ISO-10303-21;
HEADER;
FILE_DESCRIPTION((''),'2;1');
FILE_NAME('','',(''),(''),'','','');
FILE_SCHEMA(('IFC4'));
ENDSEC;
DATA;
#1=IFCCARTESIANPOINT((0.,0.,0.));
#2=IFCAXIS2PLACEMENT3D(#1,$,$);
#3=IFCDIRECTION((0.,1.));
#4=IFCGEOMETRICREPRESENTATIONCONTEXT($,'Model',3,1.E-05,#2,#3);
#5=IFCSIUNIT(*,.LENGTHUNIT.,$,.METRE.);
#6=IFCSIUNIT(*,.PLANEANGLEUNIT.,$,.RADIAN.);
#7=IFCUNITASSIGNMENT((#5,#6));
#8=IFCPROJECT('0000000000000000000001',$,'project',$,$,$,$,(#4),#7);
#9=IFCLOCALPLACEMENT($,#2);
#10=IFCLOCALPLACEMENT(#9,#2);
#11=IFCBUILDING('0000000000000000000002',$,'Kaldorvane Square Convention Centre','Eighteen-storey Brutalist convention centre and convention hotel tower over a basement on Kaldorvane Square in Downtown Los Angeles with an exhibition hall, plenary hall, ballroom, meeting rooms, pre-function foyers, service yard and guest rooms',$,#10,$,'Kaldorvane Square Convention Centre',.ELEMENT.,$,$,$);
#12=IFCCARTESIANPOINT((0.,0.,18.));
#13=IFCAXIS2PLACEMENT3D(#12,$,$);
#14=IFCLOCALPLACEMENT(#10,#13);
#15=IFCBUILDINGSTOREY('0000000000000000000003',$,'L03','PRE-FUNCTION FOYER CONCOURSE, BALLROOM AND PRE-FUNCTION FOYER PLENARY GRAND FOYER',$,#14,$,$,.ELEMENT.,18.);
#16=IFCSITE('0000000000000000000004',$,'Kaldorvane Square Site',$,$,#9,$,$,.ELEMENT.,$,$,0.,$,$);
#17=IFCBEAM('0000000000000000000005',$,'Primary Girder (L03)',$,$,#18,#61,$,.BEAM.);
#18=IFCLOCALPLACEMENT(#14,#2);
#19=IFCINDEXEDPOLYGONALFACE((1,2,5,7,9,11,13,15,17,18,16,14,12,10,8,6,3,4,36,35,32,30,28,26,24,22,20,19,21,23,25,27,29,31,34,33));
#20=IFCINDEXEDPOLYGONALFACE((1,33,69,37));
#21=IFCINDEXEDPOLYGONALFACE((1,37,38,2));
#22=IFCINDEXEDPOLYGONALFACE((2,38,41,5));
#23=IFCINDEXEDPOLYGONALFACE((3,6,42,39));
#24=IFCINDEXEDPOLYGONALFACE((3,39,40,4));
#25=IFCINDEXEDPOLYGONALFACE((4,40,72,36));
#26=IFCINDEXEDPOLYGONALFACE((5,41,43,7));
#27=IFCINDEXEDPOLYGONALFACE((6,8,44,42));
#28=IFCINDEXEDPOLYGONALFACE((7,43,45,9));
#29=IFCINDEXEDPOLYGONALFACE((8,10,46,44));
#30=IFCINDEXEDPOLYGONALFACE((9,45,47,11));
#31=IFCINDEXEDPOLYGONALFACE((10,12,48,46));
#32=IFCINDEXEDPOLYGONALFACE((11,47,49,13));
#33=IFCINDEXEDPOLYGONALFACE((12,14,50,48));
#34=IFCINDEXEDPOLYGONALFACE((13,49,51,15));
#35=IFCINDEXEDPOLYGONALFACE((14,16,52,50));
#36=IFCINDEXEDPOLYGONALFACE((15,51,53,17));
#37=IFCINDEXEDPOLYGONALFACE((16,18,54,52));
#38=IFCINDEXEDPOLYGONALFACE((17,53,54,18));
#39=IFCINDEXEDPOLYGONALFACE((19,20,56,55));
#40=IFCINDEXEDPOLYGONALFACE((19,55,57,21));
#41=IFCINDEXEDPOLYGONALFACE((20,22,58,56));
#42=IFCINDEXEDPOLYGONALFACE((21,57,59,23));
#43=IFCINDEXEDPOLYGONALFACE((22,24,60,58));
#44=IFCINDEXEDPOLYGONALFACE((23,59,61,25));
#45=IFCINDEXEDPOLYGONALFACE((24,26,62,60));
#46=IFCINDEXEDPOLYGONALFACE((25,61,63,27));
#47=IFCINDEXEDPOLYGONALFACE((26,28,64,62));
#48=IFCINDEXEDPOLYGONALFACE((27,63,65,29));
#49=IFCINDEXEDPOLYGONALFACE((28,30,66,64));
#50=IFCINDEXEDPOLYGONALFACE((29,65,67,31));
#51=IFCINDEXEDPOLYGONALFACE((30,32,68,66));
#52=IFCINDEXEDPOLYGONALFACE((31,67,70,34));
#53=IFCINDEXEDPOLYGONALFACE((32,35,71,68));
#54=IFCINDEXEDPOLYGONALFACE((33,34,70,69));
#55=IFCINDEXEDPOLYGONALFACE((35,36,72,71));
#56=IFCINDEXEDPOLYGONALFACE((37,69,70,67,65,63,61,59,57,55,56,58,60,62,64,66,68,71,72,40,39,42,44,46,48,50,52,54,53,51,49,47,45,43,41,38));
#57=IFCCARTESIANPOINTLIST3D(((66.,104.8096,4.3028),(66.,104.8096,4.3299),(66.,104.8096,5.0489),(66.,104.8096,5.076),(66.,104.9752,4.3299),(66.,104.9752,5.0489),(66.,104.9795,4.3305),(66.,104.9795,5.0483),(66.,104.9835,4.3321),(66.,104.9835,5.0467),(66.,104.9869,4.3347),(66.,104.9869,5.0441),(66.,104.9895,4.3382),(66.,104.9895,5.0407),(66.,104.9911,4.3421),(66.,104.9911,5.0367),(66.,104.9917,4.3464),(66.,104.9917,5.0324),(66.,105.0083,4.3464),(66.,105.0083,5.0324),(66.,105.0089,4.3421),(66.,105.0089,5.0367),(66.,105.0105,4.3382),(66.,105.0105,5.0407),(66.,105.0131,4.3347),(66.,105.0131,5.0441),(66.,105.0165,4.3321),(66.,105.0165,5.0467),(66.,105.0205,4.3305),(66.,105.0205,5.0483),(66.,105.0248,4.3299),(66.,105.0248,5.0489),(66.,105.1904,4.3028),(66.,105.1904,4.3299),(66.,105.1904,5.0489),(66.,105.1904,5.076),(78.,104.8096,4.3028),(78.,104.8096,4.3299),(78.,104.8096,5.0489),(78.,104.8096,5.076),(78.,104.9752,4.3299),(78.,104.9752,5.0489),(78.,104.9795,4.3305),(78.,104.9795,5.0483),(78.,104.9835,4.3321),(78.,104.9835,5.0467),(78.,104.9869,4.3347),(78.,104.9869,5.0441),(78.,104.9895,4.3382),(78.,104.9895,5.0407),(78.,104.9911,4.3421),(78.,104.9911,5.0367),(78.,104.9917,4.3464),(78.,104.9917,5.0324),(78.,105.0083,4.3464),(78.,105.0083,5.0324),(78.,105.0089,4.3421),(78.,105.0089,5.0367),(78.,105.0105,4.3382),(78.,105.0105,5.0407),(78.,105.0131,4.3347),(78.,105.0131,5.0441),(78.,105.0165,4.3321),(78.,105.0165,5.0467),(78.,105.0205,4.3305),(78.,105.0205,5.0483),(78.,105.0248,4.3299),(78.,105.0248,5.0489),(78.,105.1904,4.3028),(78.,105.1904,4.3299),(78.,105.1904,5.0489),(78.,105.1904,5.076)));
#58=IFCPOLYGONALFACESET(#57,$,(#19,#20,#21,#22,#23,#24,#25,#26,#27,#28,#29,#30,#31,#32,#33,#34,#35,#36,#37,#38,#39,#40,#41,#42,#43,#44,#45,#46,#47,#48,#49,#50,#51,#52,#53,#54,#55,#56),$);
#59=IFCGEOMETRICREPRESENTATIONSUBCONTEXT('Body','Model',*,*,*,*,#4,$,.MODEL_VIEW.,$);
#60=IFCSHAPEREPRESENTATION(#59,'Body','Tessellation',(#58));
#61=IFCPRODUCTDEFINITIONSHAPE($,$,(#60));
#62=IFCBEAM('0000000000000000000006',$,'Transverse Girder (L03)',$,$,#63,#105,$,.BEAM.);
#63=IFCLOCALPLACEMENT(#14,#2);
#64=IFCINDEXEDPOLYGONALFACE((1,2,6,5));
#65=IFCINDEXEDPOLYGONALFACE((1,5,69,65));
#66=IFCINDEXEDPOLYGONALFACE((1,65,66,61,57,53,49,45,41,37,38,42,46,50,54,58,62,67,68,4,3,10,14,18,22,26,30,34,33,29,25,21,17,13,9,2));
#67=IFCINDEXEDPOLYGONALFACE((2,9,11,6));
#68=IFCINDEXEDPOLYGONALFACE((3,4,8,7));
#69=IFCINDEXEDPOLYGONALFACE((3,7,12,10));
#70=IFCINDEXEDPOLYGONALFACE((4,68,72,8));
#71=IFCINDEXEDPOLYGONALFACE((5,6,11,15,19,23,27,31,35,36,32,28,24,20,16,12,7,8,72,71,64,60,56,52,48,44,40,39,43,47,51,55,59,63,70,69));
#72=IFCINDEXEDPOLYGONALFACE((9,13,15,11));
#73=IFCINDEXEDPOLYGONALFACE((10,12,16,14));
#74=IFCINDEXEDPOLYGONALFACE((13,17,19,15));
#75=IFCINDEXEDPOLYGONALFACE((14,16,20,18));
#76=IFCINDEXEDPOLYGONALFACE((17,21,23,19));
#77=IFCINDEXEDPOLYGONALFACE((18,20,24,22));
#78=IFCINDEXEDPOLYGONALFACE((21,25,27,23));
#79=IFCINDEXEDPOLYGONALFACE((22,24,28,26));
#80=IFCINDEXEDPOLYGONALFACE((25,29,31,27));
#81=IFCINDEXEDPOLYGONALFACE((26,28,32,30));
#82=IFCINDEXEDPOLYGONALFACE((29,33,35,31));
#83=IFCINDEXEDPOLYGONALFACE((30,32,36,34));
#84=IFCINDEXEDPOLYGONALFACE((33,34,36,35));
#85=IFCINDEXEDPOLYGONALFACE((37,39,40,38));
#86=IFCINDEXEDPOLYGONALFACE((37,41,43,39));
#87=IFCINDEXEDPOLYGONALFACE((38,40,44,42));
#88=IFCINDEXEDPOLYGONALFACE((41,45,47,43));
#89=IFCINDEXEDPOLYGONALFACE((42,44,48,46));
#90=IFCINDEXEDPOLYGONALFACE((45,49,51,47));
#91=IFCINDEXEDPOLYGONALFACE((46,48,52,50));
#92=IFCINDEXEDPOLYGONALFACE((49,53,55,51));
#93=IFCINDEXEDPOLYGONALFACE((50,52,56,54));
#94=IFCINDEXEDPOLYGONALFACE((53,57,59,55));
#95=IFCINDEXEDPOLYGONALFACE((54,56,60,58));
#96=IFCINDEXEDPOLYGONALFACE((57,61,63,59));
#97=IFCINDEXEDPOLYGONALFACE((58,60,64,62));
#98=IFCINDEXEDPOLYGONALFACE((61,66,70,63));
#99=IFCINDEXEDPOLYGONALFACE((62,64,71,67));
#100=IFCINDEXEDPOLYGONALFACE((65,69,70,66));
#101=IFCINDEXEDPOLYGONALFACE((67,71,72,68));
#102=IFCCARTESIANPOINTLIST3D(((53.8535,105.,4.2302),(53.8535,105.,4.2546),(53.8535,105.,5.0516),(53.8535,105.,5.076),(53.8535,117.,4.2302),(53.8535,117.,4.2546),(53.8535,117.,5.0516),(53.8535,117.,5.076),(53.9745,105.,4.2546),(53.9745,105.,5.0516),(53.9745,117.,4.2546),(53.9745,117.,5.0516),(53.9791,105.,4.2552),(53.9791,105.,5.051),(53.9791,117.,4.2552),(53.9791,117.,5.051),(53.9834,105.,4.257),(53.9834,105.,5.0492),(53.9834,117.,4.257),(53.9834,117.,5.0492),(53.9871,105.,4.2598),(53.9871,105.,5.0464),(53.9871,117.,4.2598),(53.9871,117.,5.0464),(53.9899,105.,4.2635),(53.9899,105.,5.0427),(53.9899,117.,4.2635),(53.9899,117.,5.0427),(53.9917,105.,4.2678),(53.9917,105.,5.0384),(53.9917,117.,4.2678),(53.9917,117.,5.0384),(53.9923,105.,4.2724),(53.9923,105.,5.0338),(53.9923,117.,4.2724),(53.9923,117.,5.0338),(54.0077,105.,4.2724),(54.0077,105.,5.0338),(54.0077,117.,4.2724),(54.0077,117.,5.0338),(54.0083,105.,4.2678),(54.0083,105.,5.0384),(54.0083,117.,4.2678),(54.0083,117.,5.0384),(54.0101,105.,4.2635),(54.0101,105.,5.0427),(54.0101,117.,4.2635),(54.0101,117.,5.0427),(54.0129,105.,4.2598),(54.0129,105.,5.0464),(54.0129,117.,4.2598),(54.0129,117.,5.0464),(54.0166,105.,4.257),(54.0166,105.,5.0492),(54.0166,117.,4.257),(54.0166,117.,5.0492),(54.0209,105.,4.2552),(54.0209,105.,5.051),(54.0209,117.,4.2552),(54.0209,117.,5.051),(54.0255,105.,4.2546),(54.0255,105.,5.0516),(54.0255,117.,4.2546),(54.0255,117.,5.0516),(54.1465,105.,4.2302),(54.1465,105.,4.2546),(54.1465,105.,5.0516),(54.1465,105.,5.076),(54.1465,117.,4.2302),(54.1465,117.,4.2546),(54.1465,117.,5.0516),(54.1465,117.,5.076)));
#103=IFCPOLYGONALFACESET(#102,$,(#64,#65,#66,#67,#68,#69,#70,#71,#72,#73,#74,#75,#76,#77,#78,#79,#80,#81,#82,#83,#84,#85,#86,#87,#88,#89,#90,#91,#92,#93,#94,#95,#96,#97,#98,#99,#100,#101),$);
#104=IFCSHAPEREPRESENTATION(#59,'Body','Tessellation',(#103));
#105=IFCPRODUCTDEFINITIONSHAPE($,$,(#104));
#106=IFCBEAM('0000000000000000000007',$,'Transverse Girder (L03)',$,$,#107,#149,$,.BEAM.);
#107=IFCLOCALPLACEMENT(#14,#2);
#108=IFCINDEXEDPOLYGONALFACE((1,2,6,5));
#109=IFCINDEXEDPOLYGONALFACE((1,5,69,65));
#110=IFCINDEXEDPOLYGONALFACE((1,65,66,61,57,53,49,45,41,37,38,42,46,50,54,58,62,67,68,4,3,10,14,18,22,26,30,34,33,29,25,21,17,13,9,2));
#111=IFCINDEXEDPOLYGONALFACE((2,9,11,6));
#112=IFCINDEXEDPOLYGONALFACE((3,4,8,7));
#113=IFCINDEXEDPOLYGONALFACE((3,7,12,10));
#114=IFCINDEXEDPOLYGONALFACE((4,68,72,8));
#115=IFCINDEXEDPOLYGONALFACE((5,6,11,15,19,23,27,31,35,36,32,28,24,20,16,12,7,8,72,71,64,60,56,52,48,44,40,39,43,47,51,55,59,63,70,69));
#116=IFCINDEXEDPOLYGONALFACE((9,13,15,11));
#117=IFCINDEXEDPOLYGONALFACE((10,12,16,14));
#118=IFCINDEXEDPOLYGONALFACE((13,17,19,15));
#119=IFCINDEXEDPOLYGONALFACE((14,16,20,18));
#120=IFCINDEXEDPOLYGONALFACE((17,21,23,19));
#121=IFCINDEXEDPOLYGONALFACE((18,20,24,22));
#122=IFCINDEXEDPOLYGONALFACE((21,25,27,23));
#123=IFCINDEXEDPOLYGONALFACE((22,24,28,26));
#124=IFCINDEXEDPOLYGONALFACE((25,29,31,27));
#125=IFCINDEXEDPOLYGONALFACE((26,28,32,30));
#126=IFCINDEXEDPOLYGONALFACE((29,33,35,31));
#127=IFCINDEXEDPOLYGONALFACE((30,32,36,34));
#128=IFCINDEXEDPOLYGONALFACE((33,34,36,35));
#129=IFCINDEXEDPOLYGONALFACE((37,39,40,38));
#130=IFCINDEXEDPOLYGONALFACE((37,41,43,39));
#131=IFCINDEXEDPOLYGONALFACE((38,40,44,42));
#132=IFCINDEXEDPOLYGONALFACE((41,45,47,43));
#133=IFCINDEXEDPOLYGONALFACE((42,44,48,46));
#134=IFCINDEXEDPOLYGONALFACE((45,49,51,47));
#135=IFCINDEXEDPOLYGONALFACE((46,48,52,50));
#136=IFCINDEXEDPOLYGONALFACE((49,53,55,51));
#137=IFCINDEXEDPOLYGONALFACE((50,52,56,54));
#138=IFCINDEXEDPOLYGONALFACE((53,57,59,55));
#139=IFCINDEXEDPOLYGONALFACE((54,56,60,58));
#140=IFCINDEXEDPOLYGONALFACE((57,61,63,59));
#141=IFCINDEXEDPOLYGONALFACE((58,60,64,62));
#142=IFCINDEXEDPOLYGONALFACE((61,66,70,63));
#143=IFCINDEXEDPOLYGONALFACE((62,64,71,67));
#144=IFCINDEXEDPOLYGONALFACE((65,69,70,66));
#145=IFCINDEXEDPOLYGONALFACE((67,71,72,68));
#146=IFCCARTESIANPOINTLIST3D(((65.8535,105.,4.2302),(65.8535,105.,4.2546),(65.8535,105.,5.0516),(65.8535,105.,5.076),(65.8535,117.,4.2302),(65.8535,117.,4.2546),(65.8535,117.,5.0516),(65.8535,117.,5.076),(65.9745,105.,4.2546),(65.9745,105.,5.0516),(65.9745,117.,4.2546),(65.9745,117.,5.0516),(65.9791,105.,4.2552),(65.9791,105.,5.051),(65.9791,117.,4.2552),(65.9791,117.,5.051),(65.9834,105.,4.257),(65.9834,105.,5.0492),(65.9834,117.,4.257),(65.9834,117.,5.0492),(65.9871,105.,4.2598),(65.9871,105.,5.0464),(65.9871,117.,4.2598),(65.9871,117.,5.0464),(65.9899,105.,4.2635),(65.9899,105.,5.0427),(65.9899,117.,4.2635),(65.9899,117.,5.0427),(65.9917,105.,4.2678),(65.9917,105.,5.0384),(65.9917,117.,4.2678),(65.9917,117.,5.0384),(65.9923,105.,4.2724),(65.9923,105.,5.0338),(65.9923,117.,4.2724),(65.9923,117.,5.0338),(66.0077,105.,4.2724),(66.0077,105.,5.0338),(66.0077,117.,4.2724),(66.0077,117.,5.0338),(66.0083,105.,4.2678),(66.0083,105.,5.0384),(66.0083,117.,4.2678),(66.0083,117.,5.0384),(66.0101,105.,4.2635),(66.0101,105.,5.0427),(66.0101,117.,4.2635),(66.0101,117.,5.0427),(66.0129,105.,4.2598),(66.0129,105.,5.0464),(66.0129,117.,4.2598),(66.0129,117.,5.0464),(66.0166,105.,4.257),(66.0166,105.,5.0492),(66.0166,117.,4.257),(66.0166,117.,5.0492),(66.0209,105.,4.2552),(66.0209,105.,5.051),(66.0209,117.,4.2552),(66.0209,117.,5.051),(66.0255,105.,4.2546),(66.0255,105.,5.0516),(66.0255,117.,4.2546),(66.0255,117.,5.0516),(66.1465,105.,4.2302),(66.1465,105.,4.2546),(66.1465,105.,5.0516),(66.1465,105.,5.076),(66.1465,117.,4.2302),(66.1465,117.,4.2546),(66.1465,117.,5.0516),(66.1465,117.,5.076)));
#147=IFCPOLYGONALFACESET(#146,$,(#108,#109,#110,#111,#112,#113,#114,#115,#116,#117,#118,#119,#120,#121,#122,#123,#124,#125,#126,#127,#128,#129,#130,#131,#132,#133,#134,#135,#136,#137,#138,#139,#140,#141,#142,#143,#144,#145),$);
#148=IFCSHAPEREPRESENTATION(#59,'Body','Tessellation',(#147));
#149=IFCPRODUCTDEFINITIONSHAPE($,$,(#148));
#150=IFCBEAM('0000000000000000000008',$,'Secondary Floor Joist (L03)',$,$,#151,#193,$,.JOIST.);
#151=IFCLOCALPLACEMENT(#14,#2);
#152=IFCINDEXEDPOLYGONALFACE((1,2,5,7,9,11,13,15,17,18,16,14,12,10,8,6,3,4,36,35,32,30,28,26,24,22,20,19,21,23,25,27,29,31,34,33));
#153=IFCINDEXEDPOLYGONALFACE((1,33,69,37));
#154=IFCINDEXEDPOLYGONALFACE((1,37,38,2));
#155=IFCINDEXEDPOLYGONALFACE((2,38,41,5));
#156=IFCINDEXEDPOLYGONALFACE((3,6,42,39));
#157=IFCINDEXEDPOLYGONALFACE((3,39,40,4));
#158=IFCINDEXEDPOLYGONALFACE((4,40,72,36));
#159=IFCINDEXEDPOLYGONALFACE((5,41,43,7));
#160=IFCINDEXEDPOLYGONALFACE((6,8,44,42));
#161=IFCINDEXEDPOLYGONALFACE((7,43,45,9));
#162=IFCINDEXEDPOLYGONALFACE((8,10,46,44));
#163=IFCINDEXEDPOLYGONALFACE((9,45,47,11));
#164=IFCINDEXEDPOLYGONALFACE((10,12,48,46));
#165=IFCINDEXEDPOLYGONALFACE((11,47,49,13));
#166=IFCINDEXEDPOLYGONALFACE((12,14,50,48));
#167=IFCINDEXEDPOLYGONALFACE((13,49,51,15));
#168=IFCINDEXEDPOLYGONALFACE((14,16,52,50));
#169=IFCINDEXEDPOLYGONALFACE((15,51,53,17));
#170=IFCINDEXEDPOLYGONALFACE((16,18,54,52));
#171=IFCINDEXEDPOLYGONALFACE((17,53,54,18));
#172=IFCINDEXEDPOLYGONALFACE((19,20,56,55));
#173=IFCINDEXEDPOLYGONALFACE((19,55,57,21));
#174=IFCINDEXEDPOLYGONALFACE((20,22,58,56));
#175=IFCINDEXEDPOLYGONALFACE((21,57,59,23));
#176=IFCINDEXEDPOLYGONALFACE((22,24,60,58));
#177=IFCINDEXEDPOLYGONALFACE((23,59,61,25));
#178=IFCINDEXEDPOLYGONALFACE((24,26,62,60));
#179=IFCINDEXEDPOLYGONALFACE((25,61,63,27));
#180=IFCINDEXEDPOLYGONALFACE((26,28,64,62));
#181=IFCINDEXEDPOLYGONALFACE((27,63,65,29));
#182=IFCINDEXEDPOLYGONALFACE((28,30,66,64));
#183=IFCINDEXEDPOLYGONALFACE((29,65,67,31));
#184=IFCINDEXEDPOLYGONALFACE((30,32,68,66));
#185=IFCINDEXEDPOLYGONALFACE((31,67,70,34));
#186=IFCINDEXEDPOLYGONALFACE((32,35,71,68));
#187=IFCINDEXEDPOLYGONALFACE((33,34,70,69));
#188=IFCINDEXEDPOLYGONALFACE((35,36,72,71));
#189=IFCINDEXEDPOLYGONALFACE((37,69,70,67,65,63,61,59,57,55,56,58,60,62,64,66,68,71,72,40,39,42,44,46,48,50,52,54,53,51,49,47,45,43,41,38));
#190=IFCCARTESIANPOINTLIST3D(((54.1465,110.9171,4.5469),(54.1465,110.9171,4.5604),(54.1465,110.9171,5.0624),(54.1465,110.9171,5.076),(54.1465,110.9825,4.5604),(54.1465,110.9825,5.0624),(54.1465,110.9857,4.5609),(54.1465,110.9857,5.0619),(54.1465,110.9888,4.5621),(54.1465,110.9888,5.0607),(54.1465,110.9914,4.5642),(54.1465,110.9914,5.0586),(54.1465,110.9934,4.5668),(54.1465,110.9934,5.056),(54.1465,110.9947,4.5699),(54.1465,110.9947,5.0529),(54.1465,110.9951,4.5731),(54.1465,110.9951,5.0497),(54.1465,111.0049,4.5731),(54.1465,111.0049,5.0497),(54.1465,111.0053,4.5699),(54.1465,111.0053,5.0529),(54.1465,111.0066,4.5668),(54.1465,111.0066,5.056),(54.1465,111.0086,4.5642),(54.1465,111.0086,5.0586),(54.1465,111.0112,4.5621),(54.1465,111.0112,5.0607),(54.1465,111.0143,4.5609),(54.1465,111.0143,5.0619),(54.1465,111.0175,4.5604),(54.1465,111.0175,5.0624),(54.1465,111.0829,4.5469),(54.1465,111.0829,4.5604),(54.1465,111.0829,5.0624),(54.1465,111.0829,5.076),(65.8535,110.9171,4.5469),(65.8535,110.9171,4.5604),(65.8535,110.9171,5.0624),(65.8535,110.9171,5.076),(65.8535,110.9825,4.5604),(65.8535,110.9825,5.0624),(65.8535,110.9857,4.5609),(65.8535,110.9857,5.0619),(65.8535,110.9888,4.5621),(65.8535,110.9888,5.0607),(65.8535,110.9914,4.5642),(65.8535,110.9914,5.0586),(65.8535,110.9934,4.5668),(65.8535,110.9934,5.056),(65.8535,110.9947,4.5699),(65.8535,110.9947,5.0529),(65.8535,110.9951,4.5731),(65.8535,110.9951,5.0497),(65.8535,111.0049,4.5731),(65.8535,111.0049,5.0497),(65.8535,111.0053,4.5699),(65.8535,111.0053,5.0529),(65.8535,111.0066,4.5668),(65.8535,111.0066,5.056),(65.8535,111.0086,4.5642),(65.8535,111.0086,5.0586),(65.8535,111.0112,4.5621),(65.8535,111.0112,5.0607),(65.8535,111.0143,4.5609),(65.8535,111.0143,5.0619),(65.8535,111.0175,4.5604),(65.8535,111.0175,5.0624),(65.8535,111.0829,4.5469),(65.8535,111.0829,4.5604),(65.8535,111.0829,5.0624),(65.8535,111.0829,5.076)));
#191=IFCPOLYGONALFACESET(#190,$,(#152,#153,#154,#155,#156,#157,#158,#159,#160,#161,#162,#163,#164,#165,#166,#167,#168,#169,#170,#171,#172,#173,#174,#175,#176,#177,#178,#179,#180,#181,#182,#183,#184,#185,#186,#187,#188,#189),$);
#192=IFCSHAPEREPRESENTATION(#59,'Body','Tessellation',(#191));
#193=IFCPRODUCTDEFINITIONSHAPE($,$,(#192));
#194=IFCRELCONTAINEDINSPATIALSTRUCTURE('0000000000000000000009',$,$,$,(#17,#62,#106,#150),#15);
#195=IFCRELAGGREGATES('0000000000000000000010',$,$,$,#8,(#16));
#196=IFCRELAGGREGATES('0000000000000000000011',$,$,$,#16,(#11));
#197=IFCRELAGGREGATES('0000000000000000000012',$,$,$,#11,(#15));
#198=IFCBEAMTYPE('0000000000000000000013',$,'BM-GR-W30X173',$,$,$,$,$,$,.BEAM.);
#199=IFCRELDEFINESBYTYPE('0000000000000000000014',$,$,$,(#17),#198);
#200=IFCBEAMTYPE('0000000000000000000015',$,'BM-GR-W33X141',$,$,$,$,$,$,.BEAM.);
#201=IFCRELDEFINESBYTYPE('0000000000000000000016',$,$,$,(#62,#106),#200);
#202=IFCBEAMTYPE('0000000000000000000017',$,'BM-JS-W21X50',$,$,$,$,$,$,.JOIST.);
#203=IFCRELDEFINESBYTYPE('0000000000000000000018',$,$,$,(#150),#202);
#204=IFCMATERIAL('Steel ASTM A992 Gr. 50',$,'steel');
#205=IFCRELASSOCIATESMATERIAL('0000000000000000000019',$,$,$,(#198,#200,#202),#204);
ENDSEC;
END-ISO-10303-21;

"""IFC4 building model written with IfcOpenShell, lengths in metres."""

from ifc_helpers import new_model, si_unit, direction, frame, origin, origin_2d, place, context, subcontext, project, spatial, i_section, extrude, material, material_profile, profile_set, type_object, element, save


model = new_model("IFC4")

# Units and contexts
model_context = context("Model", 3, precision=1e-05, world=origin(), true_north=direction((0.0, 1.0)))
body_context = subcontext(model_context, "Body", "Model", "MODEL_VIEW")
ifc_project = project(units=[si_unit("LENGTHUNIT", "METRE"), si_unit("PLANEANGLEUNIT", "RADIAN")], contexts=[model_context])

# Site, building, storey
site_placement = place(None, origin())
site = spatial("IfcSite", under=ifc_project, at=site_placement, Name="Kaldorvane Square Site", CompositionType="ELEMENT", RefElevation=0.0)
building_placement = place(site_placement, origin())
building = spatial("IfcBuilding", under=site, at=building_placement, Name="Kaldorvane Square Convention Centre", Description="Eighteen-storey Brutalist convention centre and convention hotel tower over a basement on Kaldorvane Square in Downtown Los Angeles with an exhibition hall, plenary hall, ballroom, meeting rooms, pre-function foyers, service yard and guest rooms", LongName="Kaldorvane Square Convention Centre", CompositionType="ELEMENT")
storey_placement = place(building_placement, frame((0.0, 0.0, 18.0)))
storey = spatial("IfcBuildingStorey", under=building, at=storey_placement, Name="L03", Description="PRE-FUNCTION FOYER CONCOURSE, BALLROOM AND PRE-FUNCTION FOYER PLENARY GRAND FOYER", CompositionType="ELEMENT", Elevation=18.0)

# Shared definitions
ifc_material_1 = material(Name="Steel ASTM A992 Gr. 50", Category="steel")

# Beams
ifc_material_profile_1 = material_profile(ifc_material_1, i_section(OverallWidth=0.3807, OverallDepth=0.7732, WebThickness=0.0166, FlangeThickness=0.0271, FilletRadius=0.0165, at=origin_2d()), Name="W30X173")
ifc_profile_set_1 = profile_set([ifc_material_profile_1], Name="Steel ASTM A992 Gr. 50")
beam_type_1 = type_object("IfcBeamType", Name="BM-GR-W30X173", PredefinedType="BEAM", material=ifc_profile_set_1)
for number, where, z_axis, x_axis, name in (
    (1, (66.0, 105.0, 4.6894), (1.0, 0.0, 0.0), (0.0, 1.0, 0.0), "Primary Girder (L03)"),
):
    element("IfcBeam", number, at=place(storey_placement, frame(where, z_axis=z_axis, x_axis=x_axis)), inside=storey, type_object=beam_type_1, Name=name, PredefinedType="BEAM", context=body_context, shape_type="SweptSolid", body=[
        extrude(i_section(OverallWidth=0.3807, OverallDepth=0.7732, WebThickness=0.0166, FlangeThickness=0.0271, FilletRadius=0.0165, at=origin_2d()), origin(), (0.0, 0.0, 1.0), 12.0),
    ])
ifc_material_profile_2 = material_profile(ifc_material_1, i_section(OverallWidth=0.293, OverallDepth=0.8458, WebThickness=0.0154, FlangeThickness=0.0244, FilletRadius=0.0178, at=origin_2d()), Name="W33X141")
ifc_profile_set_2 = profile_set([ifc_material_profile_2], Name="Steel ASTM A992 Gr. 50")
beam_type_2 = type_object("IfcBeamType", Name="BM-GR-W33X141", PredefinedType="BEAM", material=ifc_profile_set_2)
for number, where, z_axis, x_axis, name in (
    (2, (54.0, 105.0, 4.6531), (0.0, 1.0, 0.0), (-1.0, 0.0, 0.0), "Transverse Girder (L03)"),
    (3, (66.0, 105.0, 4.6531), (0.0, 1.0, 0.0), (-1.0, 0.0, 0.0), "Transverse Girder (L03)"),
):
    element("IfcBeam", number, at=place(storey_placement, frame(where, z_axis=z_axis, x_axis=x_axis)), inside=storey, type_object=beam_type_2, Name=name, PredefinedType="BEAM", context=body_context, shape_type="SweptSolid", body=[
        extrude(i_section(OverallWidth=0.293, OverallDepth=0.8458, WebThickness=0.0154, FlangeThickness=0.0244, FilletRadius=0.0178, at=origin_2d()), origin(), (0.0, 0.0, 1.0), 12.0),
    ])
ifc_material_profile_3 = material_profile(ifc_material_1, i_section(OverallWidth=0.1659, OverallDepth=0.5291, WebThickness=0.0097, FlangeThickness=0.0136, FilletRadius=0.0127, at=origin_2d()), Name="W21X50")
ifc_profile_set_3 = profile_set([ifc_material_profile_3], Name="Steel ASTM A992 Gr. 50")
beam_type_3 = type_object("IfcBeamType", Name="BM-JS-W21X50", PredefinedType="JOIST", material=ifc_profile_set_3)
for number, where, z_axis, x_axis, name in (
    (4, (54.1465, 111.0, 4.8114), (1.0, 0.0, 0.0), (0.0, 1.0, 0.0), "Secondary Floor Joist (L03)"),
):
    element("IfcBeam", number, at=place(storey_placement, frame(where, z_axis=z_axis, x_axis=x_axis)), inside=storey, type_object=beam_type_3, Name=name, PredefinedType="JOIST", context=body_context, shape_type="SweptSolid", body=[
        extrude(i_section(OverallWidth=0.1659, OverallDepth=0.5291, WebThickness=0.0097, FlangeThickness=0.0136, FilletRadius=0.0127, at=origin_2d()), origin(), (0.0, 0.0, 1.0), 11.707),
    ])

save(model, "model.ifc")
